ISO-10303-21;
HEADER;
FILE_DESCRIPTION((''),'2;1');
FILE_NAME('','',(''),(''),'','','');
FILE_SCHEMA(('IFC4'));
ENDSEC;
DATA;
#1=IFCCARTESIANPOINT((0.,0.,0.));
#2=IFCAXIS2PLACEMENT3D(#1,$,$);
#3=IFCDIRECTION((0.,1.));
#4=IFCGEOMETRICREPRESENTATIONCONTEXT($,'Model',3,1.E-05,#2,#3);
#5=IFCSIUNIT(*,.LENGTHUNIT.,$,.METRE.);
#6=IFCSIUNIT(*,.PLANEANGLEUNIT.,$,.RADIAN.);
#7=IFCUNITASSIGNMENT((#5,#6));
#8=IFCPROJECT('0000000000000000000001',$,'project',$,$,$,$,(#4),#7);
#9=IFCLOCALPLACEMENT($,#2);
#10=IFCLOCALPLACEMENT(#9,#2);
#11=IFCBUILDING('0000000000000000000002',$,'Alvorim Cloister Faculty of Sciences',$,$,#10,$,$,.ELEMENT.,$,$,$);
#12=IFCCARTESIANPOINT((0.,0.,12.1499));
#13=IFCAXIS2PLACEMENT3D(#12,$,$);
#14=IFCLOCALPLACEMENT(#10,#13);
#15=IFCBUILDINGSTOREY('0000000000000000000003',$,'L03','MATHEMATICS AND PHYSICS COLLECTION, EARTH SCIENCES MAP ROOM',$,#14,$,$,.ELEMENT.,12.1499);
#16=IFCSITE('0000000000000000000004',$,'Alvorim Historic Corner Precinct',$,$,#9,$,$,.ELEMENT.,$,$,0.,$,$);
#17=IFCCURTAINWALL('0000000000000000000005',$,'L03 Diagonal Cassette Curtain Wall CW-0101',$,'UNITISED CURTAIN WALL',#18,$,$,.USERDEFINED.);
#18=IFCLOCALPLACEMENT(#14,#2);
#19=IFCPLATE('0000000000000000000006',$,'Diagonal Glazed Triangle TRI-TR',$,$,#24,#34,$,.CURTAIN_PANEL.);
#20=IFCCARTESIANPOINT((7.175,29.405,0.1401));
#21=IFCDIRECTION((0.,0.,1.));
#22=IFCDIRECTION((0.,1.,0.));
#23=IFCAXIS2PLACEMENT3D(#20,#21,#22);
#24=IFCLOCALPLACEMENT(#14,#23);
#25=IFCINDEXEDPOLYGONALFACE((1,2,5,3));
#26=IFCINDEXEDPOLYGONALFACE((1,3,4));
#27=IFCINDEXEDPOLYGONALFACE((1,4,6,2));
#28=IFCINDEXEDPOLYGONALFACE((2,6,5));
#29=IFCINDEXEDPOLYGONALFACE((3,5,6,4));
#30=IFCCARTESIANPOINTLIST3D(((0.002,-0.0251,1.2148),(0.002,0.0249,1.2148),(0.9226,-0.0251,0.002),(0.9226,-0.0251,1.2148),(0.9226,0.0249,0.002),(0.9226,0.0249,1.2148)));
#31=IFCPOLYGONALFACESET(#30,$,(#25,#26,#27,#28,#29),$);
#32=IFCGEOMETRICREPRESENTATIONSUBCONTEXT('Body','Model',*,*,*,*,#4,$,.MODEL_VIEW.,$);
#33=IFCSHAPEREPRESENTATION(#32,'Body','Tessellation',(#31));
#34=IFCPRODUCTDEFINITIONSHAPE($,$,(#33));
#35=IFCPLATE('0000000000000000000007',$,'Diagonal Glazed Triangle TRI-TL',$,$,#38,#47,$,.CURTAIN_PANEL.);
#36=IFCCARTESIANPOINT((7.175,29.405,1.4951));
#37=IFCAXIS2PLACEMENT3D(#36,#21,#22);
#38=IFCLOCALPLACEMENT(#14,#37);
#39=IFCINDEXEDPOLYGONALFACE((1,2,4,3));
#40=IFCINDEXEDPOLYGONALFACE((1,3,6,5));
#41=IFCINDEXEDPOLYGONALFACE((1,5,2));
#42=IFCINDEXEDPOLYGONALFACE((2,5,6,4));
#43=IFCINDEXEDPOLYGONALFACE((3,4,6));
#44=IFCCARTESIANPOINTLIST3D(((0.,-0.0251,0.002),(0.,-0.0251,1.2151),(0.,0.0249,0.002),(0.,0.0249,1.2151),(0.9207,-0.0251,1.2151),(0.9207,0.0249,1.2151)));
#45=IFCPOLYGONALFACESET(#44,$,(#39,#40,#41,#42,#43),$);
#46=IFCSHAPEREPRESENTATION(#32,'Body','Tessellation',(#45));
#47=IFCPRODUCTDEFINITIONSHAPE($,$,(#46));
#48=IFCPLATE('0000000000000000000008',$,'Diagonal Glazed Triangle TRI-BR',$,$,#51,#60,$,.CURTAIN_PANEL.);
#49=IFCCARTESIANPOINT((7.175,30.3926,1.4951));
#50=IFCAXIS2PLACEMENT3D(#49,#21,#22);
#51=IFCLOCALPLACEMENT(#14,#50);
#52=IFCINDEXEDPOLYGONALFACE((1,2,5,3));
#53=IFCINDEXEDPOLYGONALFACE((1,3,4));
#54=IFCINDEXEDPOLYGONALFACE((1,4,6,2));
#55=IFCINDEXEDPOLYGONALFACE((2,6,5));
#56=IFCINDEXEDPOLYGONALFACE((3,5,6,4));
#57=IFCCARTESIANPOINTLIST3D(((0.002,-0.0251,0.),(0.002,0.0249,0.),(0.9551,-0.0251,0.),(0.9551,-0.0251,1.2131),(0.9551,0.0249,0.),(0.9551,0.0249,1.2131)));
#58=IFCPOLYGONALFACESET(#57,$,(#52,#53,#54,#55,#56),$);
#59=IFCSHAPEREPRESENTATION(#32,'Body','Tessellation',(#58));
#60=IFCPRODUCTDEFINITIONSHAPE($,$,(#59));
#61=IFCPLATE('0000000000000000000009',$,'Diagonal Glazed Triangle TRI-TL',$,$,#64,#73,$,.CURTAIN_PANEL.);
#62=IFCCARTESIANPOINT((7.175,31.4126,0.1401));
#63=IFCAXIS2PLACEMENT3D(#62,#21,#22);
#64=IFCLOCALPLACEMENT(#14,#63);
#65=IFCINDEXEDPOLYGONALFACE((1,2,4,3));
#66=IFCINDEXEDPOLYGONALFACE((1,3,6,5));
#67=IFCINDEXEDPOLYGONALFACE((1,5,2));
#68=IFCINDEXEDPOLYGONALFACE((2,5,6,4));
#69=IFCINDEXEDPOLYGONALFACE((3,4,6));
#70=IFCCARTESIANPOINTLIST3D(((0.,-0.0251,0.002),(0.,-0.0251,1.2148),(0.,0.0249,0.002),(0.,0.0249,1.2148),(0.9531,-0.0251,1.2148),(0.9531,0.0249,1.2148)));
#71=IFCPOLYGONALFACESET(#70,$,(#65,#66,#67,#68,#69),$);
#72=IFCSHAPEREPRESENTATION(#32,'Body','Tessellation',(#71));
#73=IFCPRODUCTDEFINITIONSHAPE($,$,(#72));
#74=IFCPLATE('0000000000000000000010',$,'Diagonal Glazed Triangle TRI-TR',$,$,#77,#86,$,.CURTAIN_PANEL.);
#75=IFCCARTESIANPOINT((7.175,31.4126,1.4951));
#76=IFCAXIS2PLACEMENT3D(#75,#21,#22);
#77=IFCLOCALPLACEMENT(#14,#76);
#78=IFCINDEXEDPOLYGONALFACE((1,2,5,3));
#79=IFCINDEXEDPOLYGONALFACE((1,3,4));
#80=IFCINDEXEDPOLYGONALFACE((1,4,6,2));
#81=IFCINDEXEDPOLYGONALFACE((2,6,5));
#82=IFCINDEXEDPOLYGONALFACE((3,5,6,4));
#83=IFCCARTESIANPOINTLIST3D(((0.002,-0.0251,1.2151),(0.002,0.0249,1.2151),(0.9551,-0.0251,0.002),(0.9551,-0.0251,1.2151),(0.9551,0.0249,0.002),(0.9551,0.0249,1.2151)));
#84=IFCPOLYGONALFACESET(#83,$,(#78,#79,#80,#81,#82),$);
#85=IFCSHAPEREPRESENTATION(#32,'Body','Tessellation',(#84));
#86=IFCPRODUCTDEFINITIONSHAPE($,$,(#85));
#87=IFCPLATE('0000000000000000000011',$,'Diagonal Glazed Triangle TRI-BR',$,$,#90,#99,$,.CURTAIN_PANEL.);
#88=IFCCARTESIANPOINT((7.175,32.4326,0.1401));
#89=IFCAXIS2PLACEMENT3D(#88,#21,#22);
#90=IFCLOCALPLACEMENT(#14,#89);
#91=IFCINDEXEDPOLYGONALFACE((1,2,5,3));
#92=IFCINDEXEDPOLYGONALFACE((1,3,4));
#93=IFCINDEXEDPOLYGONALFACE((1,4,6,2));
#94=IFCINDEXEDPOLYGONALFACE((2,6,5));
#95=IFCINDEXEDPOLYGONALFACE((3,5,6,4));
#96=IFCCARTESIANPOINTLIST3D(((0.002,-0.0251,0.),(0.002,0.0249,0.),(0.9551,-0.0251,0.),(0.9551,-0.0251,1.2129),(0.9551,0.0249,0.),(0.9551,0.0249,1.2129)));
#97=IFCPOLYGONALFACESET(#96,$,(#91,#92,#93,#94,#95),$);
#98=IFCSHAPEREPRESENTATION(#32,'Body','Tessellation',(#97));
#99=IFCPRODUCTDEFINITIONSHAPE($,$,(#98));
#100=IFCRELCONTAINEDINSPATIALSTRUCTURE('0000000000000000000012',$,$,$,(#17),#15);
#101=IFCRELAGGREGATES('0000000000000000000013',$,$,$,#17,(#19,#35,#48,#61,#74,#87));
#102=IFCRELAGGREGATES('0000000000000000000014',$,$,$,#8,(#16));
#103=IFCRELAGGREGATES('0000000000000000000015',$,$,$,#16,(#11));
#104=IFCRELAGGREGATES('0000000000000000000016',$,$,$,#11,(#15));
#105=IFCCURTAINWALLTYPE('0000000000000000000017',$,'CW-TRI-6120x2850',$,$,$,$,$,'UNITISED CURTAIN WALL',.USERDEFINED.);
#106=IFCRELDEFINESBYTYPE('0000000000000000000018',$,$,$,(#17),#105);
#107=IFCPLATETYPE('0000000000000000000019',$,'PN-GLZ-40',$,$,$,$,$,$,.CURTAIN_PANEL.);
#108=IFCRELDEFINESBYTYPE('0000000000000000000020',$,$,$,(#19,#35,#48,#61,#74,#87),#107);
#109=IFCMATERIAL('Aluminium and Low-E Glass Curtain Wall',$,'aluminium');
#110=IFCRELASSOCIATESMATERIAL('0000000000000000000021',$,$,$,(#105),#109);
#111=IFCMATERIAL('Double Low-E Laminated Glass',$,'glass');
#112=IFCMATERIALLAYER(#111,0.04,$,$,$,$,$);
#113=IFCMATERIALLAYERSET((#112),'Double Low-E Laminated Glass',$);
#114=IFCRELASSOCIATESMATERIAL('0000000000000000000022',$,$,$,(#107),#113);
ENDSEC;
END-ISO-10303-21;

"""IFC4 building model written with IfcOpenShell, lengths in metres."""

from ifc_helpers import new_model, si_unit, direction, frame, origin, place, context, subcontext, project, spatial, polyline, outline, extrude, material, layer, layer_set, type_object, element, aggregate, save


model = new_model("IFC4")

# Units and contexts
model_context = context("Model", 3, precision=1e-05, world=origin(), true_north=direction((0.0, 1.0)))
body_context = subcontext(model_context, "Body", "Model", "MODEL_VIEW")
ifc_project = project(units=[si_unit("LENGTHUNIT", "METRE"), si_unit("PLANEANGLEUNIT", "RADIAN")], contexts=[model_context])

# Site, building, storey
site_placement = place(None, origin())
site = spatial("IfcSite", under=ifc_project, at=site_placement, Name="Alvorim Historic Corner Precinct", CompositionType="ELEMENT", RefElevation=0.0)
building_placement = place(site_placement, origin())
building = spatial("IfcBuilding", under=site, at=building_placement, Name="Alvorim Cloister Faculty of Sciences", CompositionType="ELEMENT")
storey_placement = place(building_placement, frame((0.0, 0.0, 12.1499)))
storey = spatial("IfcBuildingStorey", under=building, at=storey_placement, Name="L03", Description="MATHEMATICS AND PHYSICS COLLECTION, EARTH SCIENCES MAP ROOM", CompositionType="ELEMENT", Elevation=12.1499)

# Curtain wall, plates
ifc_material_1 = material(Name="Aluminium and Low-E Glass Curtain Wall", Category="aluminium")
curtain_wall_type = type_object("IfcCurtainWallType", Name="CW-TRI-6120x2850", ElementType="UNITISED CURTAIN WALL", PredefinedType="USERDEFINED", material=ifc_material_1)
curtain_wall_placement = place(storey_placement, origin())
curtain_wall = element("IfcCurtainWall", 1, at=curtain_wall_placement, inside=storey, type_object=curtain_wall_type, Name="L03 Diagonal Cassette Curtain Wall CW-0101", ObjectType="UNITISED CURTAIN WALL", PredefinedType="USERDEFINED")
ifc_material_2 = material(Name="Double Low-E Laminated Glass", Category="glass")
ifc_layer = layer(ifc_material_2, 0.04)
ifc_layer_set = layer_set([ifc_layer], Name="Double Low-E Laminated Glass")
plate_type = type_object("IfcPlateType", Name="PN-GLZ-40", PredefinedType="CURTAIN_PANEL", material=ifc_layer_set)
plate_1_placement = place(storey_placement, frame((7.175, 29.405, 0.1401), z_axis=(0.0, 0.0, 1.0), x_axis=(0.0, 1.0, 0.0)))
plate_1 = element("IfcPlate", 2, at=plate_1_placement, type_object=plate_type, Name="Diagonal Glazed Triangle TRI-TR", PredefinedType="CURTAIN_PANEL", context=body_context, shape_type="SweptSolid", body=[
    extrude(outline(polyline([(0.9226, 0.002), (0.9226, 1.2148), (0.002, 1.2148), (0.9226, 0.002)])), frame((0.0, 0.0249, 0.0), z_axis=(0.0, -1.0, 0.0), x_axis=(1.0, 0.0, 0.0)), (0.0, 0.0, 1.0), 0.05),
])
plate_2_placement = place(storey_placement, frame((7.175, 29.405, 1.4951), z_axis=(0.0, 0.0, 1.0), x_axis=(0.0, 1.0, 0.0)))
plate_2 = element("IfcPlate", 3, at=plate_2_placement, type_object=plate_type, Name="Diagonal Glazed Triangle TRI-TL", PredefinedType="CURTAIN_PANEL", context=body_context, shape_type="SweptSolid", body=[
    extrude(outline(polyline([(0.9207, 1.2151), (0.0, 1.2151), (0.0, 0.002), (0.9207, 1.2151)])), frame((0.0, 0.0249, 0.0), z_axis=(0.0, -1.0, 0.0), x_axis=(1.0, 0.0, 0.0)), (0.0, 0.0, 1.0), 0.05),
])
plate_3_placement = place(storey_placement, frame((7.175, 30.3926, 1.4951), z_axis=(0.0, 0.0, 1.0), x_axis=(0.0, 1.0, 0.0)))
plate_3 = element("IfcPlate", 4, at=plate_3_placement, type_object=plate_type, Name="Diagonal Glazed Triangle TRI-BR", PredefinedType="CURTAIN_PANEL", context=body_context, shape_type="SweptSolid", body=[
    extrude(outline(polyline([(0.002, 0.0), (0.9551, 0.0), (0.9551, 1.2131), (0.002, 0.0)])), frame((0.0, 0.0249, 0.0), z_axis=(0.0, -1.0, 0.0), x_axis=(1.0, 0.0, 0.0)), (0.0, 0.0, 1.0), 0.05),
])
plate_4_placement = place(storey_placement, frame((7.175, 31.4126, 0.1401), z_axis=(0.0, 0.0, 1.0), x_axis=(0.0, 1.0, 0.0)))
plate_4 = element("IfcPlate", 5, at=plate_4_placement, type_object=plate_type, Name="Diagonal Glazed Triangle TRI-TL", PredefinedType="CURTAIN_PANEL", context=body_context, shape_type="SweptSolid", body=[
    extrude(outline(polyline([(0.9531, 1.2148), (0.0, 1.2148), (0.0, 0.002), (0.9531, 1.2148)])), frame((0.0, 0.0249, 0.0), z_axis=(0.0, -1.0, 0.0), x_axis=(1.0, 0.0, 0.0)), (0.0, 0.0, 1.0), 0.05),
])
plate_5_placement = place(storey_placement, frame((7.175, 31.4126, 1.4951), z_axis=(0.0, 0.0, 1.0), x_axis=(0.0, 1.0, 0.0)))
plate_5 = element("IfcPlate", 6, at=plate_5_placement, type_object=plate_type, Name="Diagonal Glazed Triangle TRI-TR", PredefinedType="CURTAIN_PANEL", context=body_context, shape_type="SweptSolid", body=[
    extrude(outline(polyline([(0.9551, 0.002), (0.9551, 1.2151), (0.002, 1.2151), (0.9551, 0.002)])), frame((0.0, 0.0249, 0.0), z_axis=(0.0, -1.0, 0.0), x_axis=(1.0, 0.0, 0.0)), (0.0, 0.0, 1.0), 0.05),
])
plate_6_placement = place(storey_placement, frame((7.175, 32.4326, 0.1401), z_axis=(0.0, 0.0, 1.0), x_axis=(0.0, 1.0, 0.0)))
plate_6 = element("IfcPlate", 7, at=plate_6_placement, type_object=plate_type, Name="Diagonal Glazed Triangle TRI-BR", PredefinedType="CURTAIN_PANEL", context=body_context, shape_type="SweptSolid", body=[
    extrude(outline(polyline([(0.002, 0.0), (0.9551, 0.0), (0.9551, 1.2129), (0.002, 0.0)])), frame((0.0, 0.0249, 0.0), z_axis=(0.0, -1.0, 0.0), x_axis=(1.0, 0.0, 0.0)), (0.0, 0.0, 1.0), 0.05),
])
aggregate(curtain_wall, [plate_1, plate_2, plate_3, plate_4, plate_5, plate_6])

save(model, "model.ifc")
